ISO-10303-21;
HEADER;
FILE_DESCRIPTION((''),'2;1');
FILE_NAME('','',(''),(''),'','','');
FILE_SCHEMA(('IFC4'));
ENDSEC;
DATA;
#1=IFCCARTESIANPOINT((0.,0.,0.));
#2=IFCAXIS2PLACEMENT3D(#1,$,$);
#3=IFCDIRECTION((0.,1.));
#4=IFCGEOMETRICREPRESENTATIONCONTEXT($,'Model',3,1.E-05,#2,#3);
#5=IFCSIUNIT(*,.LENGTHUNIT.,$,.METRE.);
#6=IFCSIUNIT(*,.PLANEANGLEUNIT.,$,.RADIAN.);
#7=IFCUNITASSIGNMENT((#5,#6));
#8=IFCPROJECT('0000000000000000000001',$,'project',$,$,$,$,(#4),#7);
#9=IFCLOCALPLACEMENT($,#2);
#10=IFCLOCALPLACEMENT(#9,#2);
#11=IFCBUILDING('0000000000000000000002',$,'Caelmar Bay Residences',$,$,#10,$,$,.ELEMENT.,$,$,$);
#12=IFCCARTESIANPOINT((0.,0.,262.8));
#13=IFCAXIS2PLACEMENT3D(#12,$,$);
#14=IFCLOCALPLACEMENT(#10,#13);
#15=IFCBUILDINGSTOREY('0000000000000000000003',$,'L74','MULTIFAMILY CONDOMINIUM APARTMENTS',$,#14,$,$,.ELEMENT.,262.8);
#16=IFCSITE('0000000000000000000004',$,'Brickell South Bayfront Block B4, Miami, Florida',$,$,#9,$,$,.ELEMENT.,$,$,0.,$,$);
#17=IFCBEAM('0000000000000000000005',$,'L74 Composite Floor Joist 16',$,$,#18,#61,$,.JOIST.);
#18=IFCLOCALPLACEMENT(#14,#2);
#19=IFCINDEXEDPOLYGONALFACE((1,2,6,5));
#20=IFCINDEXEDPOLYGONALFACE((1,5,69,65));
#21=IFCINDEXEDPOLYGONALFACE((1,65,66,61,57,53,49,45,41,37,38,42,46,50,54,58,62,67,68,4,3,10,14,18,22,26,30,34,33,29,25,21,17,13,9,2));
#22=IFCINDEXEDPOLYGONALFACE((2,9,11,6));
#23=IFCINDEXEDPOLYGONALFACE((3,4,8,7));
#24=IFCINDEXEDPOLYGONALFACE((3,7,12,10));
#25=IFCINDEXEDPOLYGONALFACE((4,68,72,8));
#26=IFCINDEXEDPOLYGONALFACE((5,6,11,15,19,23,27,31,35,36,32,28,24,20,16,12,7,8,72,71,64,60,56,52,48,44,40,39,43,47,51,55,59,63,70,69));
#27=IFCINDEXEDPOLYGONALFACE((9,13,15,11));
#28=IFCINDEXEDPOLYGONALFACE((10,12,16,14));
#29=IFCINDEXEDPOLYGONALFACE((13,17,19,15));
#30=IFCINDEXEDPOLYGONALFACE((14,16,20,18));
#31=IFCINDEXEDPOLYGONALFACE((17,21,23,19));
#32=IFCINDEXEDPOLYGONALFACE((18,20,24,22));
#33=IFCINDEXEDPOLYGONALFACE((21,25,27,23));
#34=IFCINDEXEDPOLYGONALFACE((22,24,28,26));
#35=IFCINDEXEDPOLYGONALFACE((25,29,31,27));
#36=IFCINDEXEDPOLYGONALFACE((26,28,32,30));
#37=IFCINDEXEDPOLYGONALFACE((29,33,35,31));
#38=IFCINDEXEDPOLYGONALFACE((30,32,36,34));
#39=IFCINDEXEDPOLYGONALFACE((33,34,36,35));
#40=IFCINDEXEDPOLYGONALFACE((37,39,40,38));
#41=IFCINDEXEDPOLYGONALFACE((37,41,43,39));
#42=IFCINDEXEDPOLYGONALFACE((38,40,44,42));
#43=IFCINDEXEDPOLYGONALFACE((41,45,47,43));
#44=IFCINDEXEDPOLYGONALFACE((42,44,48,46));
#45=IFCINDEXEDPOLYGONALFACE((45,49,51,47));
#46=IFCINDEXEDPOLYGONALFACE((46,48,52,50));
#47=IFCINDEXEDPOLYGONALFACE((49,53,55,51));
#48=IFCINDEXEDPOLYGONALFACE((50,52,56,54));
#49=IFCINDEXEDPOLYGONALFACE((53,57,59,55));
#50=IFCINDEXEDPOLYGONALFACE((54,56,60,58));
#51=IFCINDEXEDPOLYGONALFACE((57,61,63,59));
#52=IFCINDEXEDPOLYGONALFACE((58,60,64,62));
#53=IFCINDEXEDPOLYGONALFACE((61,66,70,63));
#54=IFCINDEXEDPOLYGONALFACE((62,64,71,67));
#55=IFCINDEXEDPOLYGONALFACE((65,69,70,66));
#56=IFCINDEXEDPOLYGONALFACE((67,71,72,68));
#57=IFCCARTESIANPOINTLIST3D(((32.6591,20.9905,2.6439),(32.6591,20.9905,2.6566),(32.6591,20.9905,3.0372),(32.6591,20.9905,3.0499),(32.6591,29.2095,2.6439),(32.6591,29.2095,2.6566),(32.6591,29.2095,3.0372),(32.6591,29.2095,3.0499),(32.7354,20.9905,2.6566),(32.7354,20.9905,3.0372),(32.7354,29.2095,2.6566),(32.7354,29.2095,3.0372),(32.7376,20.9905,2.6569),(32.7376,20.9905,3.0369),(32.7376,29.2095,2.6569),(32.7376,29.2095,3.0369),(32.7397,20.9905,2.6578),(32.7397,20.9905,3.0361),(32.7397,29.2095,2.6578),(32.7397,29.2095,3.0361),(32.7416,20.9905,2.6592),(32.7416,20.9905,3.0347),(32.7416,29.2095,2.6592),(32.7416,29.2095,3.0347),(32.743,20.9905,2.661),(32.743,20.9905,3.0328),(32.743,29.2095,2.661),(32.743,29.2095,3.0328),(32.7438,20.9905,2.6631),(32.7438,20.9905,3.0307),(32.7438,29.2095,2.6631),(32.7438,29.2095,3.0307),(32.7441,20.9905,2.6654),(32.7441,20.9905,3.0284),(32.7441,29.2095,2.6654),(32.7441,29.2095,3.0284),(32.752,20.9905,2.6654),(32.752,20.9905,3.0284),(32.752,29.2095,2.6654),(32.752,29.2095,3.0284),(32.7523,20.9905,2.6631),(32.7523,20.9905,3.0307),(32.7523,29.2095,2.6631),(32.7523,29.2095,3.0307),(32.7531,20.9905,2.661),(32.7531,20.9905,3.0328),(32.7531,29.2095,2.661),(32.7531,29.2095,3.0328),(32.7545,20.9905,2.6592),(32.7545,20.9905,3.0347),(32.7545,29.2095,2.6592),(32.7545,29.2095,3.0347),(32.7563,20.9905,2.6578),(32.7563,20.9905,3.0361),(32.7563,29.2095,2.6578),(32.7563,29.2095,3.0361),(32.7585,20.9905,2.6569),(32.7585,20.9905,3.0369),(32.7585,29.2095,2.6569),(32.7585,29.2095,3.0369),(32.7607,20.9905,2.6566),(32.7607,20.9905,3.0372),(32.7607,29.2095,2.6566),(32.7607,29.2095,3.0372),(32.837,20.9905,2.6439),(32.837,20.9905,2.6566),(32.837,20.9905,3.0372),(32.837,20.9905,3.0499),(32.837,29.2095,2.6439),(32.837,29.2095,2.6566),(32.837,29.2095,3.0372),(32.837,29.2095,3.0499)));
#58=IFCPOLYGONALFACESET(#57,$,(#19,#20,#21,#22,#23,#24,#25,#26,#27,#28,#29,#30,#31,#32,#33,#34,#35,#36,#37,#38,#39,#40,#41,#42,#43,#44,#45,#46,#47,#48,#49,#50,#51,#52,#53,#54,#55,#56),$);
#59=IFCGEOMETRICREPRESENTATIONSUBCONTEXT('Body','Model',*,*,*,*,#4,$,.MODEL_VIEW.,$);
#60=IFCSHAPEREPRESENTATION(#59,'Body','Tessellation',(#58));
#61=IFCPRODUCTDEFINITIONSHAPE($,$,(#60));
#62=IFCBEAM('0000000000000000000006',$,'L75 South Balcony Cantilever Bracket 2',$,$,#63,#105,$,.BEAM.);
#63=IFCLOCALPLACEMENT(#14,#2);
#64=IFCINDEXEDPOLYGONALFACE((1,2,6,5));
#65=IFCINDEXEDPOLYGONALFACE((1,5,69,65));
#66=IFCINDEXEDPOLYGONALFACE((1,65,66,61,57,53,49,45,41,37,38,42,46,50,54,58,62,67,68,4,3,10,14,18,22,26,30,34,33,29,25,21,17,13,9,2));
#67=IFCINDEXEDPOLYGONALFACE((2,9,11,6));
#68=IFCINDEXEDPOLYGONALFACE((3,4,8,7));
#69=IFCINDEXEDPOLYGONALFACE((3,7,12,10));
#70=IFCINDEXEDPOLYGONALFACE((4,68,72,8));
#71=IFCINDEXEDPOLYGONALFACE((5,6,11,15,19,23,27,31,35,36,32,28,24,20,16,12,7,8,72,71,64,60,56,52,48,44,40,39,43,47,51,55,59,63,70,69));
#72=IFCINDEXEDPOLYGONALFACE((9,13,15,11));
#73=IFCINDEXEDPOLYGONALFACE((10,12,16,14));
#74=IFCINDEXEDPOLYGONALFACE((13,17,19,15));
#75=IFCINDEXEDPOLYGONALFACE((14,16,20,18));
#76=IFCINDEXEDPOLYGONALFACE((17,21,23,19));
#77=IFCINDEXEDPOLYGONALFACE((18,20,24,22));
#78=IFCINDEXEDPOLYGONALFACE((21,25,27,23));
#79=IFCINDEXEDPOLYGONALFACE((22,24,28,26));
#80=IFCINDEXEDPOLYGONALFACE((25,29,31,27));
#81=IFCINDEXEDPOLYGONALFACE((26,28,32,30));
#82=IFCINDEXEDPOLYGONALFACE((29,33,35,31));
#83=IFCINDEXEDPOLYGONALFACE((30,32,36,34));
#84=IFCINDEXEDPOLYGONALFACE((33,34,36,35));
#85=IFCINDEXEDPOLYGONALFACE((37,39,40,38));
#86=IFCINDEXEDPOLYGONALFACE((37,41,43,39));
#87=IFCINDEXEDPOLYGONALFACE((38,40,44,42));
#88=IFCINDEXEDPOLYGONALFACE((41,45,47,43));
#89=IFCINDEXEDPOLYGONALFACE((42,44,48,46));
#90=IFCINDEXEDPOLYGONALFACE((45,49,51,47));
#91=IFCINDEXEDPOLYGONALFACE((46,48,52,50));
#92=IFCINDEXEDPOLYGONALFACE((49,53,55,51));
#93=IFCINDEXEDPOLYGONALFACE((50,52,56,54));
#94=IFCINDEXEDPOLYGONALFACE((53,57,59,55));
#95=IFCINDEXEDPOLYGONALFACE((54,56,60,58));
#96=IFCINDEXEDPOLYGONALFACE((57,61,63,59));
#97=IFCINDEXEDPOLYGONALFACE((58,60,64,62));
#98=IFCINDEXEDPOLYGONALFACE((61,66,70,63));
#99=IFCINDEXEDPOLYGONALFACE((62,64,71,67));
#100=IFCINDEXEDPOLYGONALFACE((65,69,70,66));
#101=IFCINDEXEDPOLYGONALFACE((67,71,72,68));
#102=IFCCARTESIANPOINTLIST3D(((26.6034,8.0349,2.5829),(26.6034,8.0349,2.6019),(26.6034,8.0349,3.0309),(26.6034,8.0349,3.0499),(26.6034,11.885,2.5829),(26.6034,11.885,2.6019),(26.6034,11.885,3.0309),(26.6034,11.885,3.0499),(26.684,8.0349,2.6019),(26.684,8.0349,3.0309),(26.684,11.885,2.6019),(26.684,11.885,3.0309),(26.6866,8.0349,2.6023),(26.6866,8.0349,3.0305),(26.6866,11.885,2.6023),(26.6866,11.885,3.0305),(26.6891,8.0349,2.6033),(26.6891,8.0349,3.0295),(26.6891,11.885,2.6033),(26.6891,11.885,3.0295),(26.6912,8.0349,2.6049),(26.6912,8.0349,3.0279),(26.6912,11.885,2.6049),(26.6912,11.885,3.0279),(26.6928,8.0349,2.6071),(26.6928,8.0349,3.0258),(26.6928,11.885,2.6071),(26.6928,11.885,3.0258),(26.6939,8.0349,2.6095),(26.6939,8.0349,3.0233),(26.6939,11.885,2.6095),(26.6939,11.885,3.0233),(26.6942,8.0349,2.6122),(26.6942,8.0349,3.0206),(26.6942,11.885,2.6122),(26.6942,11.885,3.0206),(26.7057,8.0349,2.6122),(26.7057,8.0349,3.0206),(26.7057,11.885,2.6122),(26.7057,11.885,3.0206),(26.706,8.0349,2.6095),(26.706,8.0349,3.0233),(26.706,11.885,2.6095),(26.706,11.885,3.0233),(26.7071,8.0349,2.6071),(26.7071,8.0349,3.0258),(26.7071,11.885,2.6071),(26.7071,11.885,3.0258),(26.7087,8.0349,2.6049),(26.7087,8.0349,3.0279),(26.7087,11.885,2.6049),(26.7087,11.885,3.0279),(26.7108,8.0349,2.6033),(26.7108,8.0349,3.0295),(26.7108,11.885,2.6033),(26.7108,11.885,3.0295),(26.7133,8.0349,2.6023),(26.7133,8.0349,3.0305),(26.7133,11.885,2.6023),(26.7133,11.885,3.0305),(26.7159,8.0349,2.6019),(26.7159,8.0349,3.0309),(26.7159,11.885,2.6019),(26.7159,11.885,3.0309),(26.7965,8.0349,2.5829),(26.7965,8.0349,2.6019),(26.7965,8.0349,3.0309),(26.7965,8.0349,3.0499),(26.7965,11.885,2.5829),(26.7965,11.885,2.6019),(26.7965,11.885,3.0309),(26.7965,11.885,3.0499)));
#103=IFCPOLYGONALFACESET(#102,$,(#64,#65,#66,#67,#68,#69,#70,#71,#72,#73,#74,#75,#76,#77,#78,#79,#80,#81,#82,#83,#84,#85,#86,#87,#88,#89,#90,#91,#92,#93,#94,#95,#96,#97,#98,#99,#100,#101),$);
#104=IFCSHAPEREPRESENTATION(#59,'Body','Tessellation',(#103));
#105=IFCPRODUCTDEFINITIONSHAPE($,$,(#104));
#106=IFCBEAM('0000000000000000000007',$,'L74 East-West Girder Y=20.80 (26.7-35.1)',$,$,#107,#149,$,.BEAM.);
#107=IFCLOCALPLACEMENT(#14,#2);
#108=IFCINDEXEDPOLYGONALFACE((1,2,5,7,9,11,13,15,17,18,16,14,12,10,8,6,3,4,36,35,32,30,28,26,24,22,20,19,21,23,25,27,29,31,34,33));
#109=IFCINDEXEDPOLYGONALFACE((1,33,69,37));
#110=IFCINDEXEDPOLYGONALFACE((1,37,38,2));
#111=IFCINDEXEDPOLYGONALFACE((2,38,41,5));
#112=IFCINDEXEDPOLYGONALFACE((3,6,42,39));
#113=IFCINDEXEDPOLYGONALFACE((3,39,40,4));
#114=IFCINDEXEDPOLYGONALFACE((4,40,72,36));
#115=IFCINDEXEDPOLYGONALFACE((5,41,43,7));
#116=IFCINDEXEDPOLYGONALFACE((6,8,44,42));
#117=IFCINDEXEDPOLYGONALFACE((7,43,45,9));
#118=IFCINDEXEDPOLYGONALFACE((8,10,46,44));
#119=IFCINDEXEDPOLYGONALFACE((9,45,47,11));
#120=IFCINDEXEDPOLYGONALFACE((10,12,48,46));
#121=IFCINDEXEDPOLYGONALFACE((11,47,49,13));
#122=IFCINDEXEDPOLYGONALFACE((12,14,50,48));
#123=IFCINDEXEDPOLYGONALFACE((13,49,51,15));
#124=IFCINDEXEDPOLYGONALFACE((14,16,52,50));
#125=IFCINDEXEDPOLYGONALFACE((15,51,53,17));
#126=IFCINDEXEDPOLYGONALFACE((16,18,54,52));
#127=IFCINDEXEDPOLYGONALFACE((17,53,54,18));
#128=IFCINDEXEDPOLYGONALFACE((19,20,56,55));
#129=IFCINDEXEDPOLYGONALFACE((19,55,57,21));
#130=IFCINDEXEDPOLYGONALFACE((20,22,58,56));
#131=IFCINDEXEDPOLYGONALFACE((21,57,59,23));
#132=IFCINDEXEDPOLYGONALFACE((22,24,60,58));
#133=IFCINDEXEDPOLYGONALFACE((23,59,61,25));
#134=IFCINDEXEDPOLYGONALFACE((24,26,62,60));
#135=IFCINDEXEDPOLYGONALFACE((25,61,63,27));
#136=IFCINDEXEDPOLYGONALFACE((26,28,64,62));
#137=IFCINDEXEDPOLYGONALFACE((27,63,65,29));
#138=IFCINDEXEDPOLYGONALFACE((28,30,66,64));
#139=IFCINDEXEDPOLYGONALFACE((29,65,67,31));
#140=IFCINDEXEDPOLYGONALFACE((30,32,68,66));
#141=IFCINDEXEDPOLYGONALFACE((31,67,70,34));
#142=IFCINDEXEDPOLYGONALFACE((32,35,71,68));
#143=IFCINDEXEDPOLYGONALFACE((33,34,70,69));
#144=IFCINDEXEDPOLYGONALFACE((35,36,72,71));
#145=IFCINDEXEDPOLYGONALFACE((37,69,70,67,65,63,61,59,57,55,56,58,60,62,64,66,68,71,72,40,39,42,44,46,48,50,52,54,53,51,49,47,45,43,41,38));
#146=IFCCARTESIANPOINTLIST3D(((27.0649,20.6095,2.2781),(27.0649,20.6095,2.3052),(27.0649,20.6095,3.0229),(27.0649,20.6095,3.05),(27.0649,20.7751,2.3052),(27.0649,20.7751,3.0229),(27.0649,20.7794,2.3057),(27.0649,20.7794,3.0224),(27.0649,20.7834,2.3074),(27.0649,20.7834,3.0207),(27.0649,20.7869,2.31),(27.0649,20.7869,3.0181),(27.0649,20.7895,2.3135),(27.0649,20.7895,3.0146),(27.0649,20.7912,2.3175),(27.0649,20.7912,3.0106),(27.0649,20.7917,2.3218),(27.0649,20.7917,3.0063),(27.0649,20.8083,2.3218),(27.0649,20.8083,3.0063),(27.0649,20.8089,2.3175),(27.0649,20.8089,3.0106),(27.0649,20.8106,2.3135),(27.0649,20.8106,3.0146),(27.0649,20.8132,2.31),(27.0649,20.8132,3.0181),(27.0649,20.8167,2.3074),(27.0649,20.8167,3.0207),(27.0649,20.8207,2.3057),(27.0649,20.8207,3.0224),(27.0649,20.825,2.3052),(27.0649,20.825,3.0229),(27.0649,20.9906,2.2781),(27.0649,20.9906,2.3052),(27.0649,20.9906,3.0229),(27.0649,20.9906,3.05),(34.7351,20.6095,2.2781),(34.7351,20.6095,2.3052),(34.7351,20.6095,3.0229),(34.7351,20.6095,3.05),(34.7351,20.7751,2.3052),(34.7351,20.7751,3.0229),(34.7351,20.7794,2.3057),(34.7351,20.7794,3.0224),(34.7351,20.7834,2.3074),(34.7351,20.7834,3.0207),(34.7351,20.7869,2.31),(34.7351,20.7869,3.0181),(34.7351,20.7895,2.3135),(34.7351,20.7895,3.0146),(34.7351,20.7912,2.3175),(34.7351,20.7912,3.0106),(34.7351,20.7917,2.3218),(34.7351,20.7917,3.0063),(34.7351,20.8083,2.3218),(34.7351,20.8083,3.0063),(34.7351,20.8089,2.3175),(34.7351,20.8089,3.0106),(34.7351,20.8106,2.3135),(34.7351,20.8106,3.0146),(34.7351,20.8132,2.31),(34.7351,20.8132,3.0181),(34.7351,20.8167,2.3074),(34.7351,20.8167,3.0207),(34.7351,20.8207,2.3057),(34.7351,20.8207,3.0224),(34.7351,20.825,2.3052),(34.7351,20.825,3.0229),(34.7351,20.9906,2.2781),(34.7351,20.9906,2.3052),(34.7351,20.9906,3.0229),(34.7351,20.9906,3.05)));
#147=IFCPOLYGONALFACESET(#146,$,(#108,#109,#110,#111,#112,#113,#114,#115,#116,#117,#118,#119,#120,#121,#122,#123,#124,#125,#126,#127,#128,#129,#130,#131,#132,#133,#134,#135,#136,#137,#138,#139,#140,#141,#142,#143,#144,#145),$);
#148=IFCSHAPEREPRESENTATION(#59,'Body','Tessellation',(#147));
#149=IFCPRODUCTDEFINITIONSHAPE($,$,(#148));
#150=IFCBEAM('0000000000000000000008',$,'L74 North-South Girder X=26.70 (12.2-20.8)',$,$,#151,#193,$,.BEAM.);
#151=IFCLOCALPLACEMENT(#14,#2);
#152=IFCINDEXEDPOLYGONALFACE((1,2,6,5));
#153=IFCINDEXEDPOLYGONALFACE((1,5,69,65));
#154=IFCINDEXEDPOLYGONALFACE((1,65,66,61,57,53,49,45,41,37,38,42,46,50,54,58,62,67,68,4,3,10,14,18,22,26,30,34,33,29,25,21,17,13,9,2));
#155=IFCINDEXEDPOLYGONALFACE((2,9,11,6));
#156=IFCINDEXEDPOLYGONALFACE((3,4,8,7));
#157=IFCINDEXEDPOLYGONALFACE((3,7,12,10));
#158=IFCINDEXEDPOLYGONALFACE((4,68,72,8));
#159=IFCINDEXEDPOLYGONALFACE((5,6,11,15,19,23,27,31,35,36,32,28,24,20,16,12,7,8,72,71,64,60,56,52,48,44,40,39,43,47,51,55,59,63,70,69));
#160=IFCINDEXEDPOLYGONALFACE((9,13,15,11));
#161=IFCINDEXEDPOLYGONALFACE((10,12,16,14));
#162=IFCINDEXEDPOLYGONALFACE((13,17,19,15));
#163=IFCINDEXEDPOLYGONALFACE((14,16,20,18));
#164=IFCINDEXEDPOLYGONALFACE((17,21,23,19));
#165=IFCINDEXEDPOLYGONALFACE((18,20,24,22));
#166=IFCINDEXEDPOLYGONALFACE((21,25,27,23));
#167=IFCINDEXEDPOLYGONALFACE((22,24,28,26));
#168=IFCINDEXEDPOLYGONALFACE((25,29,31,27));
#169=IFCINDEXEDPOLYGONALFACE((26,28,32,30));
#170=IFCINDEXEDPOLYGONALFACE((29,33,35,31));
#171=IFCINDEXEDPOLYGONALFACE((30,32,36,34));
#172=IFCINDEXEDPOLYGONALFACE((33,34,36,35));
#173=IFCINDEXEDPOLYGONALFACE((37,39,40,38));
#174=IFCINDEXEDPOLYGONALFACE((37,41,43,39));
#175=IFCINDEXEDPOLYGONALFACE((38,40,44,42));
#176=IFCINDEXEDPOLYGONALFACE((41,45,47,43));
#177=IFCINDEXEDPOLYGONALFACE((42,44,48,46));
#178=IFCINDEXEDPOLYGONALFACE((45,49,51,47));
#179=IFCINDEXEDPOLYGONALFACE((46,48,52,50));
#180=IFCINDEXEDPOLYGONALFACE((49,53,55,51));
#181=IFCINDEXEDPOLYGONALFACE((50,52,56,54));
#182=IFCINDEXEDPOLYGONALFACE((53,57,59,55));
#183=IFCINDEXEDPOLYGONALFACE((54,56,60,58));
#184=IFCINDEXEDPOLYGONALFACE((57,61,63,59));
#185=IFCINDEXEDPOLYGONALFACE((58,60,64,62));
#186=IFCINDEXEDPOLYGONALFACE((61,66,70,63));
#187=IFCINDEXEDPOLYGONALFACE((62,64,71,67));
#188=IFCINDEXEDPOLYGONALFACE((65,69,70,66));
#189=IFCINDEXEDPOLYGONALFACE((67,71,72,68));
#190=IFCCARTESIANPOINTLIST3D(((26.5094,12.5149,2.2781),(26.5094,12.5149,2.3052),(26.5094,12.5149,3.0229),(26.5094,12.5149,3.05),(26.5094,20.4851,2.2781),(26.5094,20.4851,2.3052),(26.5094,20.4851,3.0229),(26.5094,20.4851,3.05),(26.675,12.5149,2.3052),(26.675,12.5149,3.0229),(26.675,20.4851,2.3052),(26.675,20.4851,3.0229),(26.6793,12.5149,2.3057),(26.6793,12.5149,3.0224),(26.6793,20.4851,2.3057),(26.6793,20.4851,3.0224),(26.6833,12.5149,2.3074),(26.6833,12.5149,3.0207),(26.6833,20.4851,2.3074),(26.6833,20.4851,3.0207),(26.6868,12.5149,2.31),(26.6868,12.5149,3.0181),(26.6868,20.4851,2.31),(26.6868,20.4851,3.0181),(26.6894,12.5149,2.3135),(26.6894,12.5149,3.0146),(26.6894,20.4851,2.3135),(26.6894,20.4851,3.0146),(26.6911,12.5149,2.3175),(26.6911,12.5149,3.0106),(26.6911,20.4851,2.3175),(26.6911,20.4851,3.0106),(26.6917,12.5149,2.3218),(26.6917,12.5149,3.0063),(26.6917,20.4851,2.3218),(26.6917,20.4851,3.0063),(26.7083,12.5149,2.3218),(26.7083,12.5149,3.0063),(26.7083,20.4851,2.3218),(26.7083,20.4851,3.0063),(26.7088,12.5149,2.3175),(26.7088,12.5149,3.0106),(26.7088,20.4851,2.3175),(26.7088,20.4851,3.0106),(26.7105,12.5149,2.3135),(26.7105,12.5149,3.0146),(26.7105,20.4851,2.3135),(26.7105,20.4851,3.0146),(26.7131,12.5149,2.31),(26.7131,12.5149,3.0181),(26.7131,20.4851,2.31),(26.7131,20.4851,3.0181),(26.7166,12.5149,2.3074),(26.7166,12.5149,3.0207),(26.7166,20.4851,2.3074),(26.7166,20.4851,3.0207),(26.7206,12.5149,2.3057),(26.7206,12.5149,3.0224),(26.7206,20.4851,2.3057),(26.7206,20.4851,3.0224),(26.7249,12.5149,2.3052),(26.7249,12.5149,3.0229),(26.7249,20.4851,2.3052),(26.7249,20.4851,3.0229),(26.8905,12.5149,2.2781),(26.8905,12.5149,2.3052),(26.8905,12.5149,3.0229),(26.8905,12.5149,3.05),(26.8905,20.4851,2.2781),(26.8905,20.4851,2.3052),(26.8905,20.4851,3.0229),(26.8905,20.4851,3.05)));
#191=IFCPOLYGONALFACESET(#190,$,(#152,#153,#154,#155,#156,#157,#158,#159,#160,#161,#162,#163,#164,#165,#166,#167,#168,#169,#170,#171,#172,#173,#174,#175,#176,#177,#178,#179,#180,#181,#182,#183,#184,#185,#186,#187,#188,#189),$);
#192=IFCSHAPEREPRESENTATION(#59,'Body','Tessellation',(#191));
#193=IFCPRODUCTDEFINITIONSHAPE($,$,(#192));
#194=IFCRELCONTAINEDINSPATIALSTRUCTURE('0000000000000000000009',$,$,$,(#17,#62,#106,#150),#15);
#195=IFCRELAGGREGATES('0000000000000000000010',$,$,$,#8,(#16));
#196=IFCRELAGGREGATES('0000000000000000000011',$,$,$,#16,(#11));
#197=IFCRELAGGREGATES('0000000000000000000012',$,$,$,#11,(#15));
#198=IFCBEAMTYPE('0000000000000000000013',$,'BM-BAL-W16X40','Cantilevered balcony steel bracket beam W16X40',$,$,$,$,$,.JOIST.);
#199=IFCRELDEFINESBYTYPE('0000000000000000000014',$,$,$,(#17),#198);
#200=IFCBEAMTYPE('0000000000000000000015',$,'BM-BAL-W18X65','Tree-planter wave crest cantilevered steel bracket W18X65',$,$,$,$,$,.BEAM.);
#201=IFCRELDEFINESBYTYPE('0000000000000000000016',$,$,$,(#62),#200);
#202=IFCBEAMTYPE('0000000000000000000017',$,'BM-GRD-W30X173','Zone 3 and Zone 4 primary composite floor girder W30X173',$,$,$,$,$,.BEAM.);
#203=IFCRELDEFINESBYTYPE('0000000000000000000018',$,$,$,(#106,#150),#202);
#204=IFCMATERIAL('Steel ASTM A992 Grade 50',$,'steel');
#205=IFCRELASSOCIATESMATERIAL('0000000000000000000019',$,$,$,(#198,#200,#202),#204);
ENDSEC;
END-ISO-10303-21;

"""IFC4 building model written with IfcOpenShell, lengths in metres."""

from ifc_helpers import new_model, si_unit, direction, frame, origin, origin_2d, place, context, subcontext, project, spatial, i_section, extrude, material, material_profile, profile_set, type_object, element, save


model = new_model("IFC4")

# Units and contexts
model_context = context("Model", 3, precision=1e-05, world=origin(), true_north=direction((0.0, 1.0)))
body_context = subcontext(model_context, "Body", "Model", "MODEL_VIEW")
ifc_project = project(units=[si_unit("LENGTHUNIT", "METRE"), si_unit("PLANEANGLEUNIT", "RADIAN")], contexts=[model_context])

# Site, building, storey
site_placement = place(None, origin())
site = spatial("IfcSite", under=ifc_project, at=site_placement, Name="Brickell South Bayfront Block B4, Miami, Florida", CompositionType="ELEMENT", RefElevation=0.0)
building_placement = place(site_placement, origin())
building = spatial("IfcBuilding", under=site, at=building_placement, Name="Caelmar Bay Residences", CompositionType="ELEMENT")
storey_placement = place(building_placement, frame((0.0, 0.0, 262.8)))
storey = spatial("IfcBuildingStorey", under=building, at=storey_placement, Name="L74", Description="MULTIFAMILY CONDOMINIUM APARTMENTS", CompositionType="ELEMENT", Elevation=262.8)

# Beams
ifc_material_1 = material(Name="Steel ASTM A992 Grade 50", Category="steel")
ifc_material_profile_1 = material_profile(ifc_material_1, i_section(OverallWidth=0.178, OverallDepth=0.406, WebThickness=0.0078, FlangeThickness=0.0127, FilletRadius=0.0088, at=origin_2d()), Name="W16X40")
ifc_profile_set_1 = profile_set([ifc_material_profile_1], Name="Steel ASTM A992 Grade 50")
beam_type_1 = type_object("IfcBeamType", Name="BM-BAL-W16X40", Description="Cantilevered balcony steel bracket beam W16X40", PredefinedType="JOIST", material=ifc_profile_set_1)
for number, where, z_axis, x_axis, name in (
    (1, (32.748, 20.9905, 2.8469), (0.0, 1.0, 0.0), (-1.0, 0.0, 0.0), "L74 Composite Floor Joist 16"),
):
    element("IfcBeam", number, at=place(storey_placement, frame(where, z_axis=z_axis, x_axis=x_axis)), inside=storey, type_object=beam_type_1, Name=name, PredefinedType="JOIST", context=body_context, shape_type="SweptSolid", body=[
        extrude(i_section(OverallWidth=0.178, OverallDepth=0.406, WebThickness=0.0078, FlangeThickness=0.0127, FilletRadius=0.0088, at=origin_2d()), origin(), (0.0, 0.0, 1.0), 8.219),
    ])
ifc_material_profile_2 = material_profile(ifc_material_1, i_section(OverallWidth=0.1931, OverallDepth=0.467, WebThickness=0.0115, FlangeThickness=0.019, FilletRadius=0.0103, at=origin_2d()), Name="W18X65")
ifc_profile_set_2 = profile_set([ifc_material_profile_2], Name="Steel ASTM A992 Grade 50")
beam_type_2 = type_object("IfcBeamType", Name="BM-BAL-W18X65", Description="Tree-planter wave crest cantilevered steel bracket W18X65", PredefinedType="BEAM", material=ifc_profile_set_2)
beam_1_placement = place(storey_placement, frame((26.7, 11.885, 2.8164), z_axis=(0.0, -1.0, 0.0), x_axis=(1.0, 0.0, 0.0)))
element("IfcBeam", 2, at=beam_1_placement, inside=storey, type_object=beam_type_2, Name="L75 South Balcony Cantilever Bracket 2", PredefinedType="BEAM", context=body_context, shape_type="SweptSolid", body=[
    extrude(i_section(OverallWidth=0.1931, OverallDepth=0.467, WebThickness=0.0115, FlangeThickness=0.019, FilletRadius=0.0103, at=origin_2d()), origin(), (0.0, 0.0, 1.0), 3.8501),
])
ifc_material_profile_3 = material_profile(ifc_material_1, i_section(OverallWidth=0.3811, OverallDepth=0.772, WebThickness=0.0166, FlangeThickness=0.0271, FilletRadius=0.0166, at=origin_2d()), Name="W30X173")
ifc_profile_set_3 = profile_set([ifc_material_profile_3], Name="Steel ASTM A992 Grade 50")
beam_type_3 = type_object("IfcBeamType", Name="BM-GRD-W30X173", Description="Zone 3 and Zone 4 primary composite floor girder W30X173", PredefinedType="BEAM", material=ifc_profile_set_3)
beam_2_placement = place(storey_placement, frame((27.0649, 20.8, 2.6641), z_axis=(1.0, 0.0, 0.0), x_axis=(0.0, 1.0, 0.0)))
element("IfcBeam", 3, at=beam_2_placement, inside=storey, type_object=beam_type_3, Name="L74 East-West Girder Y=20.80 (26.7-35.1)", PredefinedType="BEAM", context=body_context, shape_type="SweptSolid", body=[
    extrude(i_section(OverallWidth=0.3811, OverallDepth=0.772, WebThickness=0.0166, FlangeThickness=0.0271, FilletRadius=0.0166, at=origin_2d()), origin(), (0.0, 0.0, 1.0), 7.6702),
])
for number, where, z_axis, x_axis, name in (
    (4, (26.7, 12.5149, 2.6641), (0.0, 1.0, 0.0), (-1.0, 0.0, 0.0), "L74 North-South Girder X=26.70 (12.2-20.8)"),
):
    element("IfcBeam", number, at=place(storey_placement, frame(where, z_axis=z_axis, x_axis=x_axis)), inside=storey, type_object=beam_type_3, Name=name, PredefinedType="BEAM", context=body_context, shape_type="SweptSolid", body=[
        extrude(i_section(OverallWidth=0.3811, OverallDepth=0.772, WebThickness=0.0166, FlangeThickness=0.0271, FilletRadius=0.0166, at=origin_2d()), origin(), (0.0, 0.0, 1.0), 7.9702),
    ])

save(model, "model.ifc")
